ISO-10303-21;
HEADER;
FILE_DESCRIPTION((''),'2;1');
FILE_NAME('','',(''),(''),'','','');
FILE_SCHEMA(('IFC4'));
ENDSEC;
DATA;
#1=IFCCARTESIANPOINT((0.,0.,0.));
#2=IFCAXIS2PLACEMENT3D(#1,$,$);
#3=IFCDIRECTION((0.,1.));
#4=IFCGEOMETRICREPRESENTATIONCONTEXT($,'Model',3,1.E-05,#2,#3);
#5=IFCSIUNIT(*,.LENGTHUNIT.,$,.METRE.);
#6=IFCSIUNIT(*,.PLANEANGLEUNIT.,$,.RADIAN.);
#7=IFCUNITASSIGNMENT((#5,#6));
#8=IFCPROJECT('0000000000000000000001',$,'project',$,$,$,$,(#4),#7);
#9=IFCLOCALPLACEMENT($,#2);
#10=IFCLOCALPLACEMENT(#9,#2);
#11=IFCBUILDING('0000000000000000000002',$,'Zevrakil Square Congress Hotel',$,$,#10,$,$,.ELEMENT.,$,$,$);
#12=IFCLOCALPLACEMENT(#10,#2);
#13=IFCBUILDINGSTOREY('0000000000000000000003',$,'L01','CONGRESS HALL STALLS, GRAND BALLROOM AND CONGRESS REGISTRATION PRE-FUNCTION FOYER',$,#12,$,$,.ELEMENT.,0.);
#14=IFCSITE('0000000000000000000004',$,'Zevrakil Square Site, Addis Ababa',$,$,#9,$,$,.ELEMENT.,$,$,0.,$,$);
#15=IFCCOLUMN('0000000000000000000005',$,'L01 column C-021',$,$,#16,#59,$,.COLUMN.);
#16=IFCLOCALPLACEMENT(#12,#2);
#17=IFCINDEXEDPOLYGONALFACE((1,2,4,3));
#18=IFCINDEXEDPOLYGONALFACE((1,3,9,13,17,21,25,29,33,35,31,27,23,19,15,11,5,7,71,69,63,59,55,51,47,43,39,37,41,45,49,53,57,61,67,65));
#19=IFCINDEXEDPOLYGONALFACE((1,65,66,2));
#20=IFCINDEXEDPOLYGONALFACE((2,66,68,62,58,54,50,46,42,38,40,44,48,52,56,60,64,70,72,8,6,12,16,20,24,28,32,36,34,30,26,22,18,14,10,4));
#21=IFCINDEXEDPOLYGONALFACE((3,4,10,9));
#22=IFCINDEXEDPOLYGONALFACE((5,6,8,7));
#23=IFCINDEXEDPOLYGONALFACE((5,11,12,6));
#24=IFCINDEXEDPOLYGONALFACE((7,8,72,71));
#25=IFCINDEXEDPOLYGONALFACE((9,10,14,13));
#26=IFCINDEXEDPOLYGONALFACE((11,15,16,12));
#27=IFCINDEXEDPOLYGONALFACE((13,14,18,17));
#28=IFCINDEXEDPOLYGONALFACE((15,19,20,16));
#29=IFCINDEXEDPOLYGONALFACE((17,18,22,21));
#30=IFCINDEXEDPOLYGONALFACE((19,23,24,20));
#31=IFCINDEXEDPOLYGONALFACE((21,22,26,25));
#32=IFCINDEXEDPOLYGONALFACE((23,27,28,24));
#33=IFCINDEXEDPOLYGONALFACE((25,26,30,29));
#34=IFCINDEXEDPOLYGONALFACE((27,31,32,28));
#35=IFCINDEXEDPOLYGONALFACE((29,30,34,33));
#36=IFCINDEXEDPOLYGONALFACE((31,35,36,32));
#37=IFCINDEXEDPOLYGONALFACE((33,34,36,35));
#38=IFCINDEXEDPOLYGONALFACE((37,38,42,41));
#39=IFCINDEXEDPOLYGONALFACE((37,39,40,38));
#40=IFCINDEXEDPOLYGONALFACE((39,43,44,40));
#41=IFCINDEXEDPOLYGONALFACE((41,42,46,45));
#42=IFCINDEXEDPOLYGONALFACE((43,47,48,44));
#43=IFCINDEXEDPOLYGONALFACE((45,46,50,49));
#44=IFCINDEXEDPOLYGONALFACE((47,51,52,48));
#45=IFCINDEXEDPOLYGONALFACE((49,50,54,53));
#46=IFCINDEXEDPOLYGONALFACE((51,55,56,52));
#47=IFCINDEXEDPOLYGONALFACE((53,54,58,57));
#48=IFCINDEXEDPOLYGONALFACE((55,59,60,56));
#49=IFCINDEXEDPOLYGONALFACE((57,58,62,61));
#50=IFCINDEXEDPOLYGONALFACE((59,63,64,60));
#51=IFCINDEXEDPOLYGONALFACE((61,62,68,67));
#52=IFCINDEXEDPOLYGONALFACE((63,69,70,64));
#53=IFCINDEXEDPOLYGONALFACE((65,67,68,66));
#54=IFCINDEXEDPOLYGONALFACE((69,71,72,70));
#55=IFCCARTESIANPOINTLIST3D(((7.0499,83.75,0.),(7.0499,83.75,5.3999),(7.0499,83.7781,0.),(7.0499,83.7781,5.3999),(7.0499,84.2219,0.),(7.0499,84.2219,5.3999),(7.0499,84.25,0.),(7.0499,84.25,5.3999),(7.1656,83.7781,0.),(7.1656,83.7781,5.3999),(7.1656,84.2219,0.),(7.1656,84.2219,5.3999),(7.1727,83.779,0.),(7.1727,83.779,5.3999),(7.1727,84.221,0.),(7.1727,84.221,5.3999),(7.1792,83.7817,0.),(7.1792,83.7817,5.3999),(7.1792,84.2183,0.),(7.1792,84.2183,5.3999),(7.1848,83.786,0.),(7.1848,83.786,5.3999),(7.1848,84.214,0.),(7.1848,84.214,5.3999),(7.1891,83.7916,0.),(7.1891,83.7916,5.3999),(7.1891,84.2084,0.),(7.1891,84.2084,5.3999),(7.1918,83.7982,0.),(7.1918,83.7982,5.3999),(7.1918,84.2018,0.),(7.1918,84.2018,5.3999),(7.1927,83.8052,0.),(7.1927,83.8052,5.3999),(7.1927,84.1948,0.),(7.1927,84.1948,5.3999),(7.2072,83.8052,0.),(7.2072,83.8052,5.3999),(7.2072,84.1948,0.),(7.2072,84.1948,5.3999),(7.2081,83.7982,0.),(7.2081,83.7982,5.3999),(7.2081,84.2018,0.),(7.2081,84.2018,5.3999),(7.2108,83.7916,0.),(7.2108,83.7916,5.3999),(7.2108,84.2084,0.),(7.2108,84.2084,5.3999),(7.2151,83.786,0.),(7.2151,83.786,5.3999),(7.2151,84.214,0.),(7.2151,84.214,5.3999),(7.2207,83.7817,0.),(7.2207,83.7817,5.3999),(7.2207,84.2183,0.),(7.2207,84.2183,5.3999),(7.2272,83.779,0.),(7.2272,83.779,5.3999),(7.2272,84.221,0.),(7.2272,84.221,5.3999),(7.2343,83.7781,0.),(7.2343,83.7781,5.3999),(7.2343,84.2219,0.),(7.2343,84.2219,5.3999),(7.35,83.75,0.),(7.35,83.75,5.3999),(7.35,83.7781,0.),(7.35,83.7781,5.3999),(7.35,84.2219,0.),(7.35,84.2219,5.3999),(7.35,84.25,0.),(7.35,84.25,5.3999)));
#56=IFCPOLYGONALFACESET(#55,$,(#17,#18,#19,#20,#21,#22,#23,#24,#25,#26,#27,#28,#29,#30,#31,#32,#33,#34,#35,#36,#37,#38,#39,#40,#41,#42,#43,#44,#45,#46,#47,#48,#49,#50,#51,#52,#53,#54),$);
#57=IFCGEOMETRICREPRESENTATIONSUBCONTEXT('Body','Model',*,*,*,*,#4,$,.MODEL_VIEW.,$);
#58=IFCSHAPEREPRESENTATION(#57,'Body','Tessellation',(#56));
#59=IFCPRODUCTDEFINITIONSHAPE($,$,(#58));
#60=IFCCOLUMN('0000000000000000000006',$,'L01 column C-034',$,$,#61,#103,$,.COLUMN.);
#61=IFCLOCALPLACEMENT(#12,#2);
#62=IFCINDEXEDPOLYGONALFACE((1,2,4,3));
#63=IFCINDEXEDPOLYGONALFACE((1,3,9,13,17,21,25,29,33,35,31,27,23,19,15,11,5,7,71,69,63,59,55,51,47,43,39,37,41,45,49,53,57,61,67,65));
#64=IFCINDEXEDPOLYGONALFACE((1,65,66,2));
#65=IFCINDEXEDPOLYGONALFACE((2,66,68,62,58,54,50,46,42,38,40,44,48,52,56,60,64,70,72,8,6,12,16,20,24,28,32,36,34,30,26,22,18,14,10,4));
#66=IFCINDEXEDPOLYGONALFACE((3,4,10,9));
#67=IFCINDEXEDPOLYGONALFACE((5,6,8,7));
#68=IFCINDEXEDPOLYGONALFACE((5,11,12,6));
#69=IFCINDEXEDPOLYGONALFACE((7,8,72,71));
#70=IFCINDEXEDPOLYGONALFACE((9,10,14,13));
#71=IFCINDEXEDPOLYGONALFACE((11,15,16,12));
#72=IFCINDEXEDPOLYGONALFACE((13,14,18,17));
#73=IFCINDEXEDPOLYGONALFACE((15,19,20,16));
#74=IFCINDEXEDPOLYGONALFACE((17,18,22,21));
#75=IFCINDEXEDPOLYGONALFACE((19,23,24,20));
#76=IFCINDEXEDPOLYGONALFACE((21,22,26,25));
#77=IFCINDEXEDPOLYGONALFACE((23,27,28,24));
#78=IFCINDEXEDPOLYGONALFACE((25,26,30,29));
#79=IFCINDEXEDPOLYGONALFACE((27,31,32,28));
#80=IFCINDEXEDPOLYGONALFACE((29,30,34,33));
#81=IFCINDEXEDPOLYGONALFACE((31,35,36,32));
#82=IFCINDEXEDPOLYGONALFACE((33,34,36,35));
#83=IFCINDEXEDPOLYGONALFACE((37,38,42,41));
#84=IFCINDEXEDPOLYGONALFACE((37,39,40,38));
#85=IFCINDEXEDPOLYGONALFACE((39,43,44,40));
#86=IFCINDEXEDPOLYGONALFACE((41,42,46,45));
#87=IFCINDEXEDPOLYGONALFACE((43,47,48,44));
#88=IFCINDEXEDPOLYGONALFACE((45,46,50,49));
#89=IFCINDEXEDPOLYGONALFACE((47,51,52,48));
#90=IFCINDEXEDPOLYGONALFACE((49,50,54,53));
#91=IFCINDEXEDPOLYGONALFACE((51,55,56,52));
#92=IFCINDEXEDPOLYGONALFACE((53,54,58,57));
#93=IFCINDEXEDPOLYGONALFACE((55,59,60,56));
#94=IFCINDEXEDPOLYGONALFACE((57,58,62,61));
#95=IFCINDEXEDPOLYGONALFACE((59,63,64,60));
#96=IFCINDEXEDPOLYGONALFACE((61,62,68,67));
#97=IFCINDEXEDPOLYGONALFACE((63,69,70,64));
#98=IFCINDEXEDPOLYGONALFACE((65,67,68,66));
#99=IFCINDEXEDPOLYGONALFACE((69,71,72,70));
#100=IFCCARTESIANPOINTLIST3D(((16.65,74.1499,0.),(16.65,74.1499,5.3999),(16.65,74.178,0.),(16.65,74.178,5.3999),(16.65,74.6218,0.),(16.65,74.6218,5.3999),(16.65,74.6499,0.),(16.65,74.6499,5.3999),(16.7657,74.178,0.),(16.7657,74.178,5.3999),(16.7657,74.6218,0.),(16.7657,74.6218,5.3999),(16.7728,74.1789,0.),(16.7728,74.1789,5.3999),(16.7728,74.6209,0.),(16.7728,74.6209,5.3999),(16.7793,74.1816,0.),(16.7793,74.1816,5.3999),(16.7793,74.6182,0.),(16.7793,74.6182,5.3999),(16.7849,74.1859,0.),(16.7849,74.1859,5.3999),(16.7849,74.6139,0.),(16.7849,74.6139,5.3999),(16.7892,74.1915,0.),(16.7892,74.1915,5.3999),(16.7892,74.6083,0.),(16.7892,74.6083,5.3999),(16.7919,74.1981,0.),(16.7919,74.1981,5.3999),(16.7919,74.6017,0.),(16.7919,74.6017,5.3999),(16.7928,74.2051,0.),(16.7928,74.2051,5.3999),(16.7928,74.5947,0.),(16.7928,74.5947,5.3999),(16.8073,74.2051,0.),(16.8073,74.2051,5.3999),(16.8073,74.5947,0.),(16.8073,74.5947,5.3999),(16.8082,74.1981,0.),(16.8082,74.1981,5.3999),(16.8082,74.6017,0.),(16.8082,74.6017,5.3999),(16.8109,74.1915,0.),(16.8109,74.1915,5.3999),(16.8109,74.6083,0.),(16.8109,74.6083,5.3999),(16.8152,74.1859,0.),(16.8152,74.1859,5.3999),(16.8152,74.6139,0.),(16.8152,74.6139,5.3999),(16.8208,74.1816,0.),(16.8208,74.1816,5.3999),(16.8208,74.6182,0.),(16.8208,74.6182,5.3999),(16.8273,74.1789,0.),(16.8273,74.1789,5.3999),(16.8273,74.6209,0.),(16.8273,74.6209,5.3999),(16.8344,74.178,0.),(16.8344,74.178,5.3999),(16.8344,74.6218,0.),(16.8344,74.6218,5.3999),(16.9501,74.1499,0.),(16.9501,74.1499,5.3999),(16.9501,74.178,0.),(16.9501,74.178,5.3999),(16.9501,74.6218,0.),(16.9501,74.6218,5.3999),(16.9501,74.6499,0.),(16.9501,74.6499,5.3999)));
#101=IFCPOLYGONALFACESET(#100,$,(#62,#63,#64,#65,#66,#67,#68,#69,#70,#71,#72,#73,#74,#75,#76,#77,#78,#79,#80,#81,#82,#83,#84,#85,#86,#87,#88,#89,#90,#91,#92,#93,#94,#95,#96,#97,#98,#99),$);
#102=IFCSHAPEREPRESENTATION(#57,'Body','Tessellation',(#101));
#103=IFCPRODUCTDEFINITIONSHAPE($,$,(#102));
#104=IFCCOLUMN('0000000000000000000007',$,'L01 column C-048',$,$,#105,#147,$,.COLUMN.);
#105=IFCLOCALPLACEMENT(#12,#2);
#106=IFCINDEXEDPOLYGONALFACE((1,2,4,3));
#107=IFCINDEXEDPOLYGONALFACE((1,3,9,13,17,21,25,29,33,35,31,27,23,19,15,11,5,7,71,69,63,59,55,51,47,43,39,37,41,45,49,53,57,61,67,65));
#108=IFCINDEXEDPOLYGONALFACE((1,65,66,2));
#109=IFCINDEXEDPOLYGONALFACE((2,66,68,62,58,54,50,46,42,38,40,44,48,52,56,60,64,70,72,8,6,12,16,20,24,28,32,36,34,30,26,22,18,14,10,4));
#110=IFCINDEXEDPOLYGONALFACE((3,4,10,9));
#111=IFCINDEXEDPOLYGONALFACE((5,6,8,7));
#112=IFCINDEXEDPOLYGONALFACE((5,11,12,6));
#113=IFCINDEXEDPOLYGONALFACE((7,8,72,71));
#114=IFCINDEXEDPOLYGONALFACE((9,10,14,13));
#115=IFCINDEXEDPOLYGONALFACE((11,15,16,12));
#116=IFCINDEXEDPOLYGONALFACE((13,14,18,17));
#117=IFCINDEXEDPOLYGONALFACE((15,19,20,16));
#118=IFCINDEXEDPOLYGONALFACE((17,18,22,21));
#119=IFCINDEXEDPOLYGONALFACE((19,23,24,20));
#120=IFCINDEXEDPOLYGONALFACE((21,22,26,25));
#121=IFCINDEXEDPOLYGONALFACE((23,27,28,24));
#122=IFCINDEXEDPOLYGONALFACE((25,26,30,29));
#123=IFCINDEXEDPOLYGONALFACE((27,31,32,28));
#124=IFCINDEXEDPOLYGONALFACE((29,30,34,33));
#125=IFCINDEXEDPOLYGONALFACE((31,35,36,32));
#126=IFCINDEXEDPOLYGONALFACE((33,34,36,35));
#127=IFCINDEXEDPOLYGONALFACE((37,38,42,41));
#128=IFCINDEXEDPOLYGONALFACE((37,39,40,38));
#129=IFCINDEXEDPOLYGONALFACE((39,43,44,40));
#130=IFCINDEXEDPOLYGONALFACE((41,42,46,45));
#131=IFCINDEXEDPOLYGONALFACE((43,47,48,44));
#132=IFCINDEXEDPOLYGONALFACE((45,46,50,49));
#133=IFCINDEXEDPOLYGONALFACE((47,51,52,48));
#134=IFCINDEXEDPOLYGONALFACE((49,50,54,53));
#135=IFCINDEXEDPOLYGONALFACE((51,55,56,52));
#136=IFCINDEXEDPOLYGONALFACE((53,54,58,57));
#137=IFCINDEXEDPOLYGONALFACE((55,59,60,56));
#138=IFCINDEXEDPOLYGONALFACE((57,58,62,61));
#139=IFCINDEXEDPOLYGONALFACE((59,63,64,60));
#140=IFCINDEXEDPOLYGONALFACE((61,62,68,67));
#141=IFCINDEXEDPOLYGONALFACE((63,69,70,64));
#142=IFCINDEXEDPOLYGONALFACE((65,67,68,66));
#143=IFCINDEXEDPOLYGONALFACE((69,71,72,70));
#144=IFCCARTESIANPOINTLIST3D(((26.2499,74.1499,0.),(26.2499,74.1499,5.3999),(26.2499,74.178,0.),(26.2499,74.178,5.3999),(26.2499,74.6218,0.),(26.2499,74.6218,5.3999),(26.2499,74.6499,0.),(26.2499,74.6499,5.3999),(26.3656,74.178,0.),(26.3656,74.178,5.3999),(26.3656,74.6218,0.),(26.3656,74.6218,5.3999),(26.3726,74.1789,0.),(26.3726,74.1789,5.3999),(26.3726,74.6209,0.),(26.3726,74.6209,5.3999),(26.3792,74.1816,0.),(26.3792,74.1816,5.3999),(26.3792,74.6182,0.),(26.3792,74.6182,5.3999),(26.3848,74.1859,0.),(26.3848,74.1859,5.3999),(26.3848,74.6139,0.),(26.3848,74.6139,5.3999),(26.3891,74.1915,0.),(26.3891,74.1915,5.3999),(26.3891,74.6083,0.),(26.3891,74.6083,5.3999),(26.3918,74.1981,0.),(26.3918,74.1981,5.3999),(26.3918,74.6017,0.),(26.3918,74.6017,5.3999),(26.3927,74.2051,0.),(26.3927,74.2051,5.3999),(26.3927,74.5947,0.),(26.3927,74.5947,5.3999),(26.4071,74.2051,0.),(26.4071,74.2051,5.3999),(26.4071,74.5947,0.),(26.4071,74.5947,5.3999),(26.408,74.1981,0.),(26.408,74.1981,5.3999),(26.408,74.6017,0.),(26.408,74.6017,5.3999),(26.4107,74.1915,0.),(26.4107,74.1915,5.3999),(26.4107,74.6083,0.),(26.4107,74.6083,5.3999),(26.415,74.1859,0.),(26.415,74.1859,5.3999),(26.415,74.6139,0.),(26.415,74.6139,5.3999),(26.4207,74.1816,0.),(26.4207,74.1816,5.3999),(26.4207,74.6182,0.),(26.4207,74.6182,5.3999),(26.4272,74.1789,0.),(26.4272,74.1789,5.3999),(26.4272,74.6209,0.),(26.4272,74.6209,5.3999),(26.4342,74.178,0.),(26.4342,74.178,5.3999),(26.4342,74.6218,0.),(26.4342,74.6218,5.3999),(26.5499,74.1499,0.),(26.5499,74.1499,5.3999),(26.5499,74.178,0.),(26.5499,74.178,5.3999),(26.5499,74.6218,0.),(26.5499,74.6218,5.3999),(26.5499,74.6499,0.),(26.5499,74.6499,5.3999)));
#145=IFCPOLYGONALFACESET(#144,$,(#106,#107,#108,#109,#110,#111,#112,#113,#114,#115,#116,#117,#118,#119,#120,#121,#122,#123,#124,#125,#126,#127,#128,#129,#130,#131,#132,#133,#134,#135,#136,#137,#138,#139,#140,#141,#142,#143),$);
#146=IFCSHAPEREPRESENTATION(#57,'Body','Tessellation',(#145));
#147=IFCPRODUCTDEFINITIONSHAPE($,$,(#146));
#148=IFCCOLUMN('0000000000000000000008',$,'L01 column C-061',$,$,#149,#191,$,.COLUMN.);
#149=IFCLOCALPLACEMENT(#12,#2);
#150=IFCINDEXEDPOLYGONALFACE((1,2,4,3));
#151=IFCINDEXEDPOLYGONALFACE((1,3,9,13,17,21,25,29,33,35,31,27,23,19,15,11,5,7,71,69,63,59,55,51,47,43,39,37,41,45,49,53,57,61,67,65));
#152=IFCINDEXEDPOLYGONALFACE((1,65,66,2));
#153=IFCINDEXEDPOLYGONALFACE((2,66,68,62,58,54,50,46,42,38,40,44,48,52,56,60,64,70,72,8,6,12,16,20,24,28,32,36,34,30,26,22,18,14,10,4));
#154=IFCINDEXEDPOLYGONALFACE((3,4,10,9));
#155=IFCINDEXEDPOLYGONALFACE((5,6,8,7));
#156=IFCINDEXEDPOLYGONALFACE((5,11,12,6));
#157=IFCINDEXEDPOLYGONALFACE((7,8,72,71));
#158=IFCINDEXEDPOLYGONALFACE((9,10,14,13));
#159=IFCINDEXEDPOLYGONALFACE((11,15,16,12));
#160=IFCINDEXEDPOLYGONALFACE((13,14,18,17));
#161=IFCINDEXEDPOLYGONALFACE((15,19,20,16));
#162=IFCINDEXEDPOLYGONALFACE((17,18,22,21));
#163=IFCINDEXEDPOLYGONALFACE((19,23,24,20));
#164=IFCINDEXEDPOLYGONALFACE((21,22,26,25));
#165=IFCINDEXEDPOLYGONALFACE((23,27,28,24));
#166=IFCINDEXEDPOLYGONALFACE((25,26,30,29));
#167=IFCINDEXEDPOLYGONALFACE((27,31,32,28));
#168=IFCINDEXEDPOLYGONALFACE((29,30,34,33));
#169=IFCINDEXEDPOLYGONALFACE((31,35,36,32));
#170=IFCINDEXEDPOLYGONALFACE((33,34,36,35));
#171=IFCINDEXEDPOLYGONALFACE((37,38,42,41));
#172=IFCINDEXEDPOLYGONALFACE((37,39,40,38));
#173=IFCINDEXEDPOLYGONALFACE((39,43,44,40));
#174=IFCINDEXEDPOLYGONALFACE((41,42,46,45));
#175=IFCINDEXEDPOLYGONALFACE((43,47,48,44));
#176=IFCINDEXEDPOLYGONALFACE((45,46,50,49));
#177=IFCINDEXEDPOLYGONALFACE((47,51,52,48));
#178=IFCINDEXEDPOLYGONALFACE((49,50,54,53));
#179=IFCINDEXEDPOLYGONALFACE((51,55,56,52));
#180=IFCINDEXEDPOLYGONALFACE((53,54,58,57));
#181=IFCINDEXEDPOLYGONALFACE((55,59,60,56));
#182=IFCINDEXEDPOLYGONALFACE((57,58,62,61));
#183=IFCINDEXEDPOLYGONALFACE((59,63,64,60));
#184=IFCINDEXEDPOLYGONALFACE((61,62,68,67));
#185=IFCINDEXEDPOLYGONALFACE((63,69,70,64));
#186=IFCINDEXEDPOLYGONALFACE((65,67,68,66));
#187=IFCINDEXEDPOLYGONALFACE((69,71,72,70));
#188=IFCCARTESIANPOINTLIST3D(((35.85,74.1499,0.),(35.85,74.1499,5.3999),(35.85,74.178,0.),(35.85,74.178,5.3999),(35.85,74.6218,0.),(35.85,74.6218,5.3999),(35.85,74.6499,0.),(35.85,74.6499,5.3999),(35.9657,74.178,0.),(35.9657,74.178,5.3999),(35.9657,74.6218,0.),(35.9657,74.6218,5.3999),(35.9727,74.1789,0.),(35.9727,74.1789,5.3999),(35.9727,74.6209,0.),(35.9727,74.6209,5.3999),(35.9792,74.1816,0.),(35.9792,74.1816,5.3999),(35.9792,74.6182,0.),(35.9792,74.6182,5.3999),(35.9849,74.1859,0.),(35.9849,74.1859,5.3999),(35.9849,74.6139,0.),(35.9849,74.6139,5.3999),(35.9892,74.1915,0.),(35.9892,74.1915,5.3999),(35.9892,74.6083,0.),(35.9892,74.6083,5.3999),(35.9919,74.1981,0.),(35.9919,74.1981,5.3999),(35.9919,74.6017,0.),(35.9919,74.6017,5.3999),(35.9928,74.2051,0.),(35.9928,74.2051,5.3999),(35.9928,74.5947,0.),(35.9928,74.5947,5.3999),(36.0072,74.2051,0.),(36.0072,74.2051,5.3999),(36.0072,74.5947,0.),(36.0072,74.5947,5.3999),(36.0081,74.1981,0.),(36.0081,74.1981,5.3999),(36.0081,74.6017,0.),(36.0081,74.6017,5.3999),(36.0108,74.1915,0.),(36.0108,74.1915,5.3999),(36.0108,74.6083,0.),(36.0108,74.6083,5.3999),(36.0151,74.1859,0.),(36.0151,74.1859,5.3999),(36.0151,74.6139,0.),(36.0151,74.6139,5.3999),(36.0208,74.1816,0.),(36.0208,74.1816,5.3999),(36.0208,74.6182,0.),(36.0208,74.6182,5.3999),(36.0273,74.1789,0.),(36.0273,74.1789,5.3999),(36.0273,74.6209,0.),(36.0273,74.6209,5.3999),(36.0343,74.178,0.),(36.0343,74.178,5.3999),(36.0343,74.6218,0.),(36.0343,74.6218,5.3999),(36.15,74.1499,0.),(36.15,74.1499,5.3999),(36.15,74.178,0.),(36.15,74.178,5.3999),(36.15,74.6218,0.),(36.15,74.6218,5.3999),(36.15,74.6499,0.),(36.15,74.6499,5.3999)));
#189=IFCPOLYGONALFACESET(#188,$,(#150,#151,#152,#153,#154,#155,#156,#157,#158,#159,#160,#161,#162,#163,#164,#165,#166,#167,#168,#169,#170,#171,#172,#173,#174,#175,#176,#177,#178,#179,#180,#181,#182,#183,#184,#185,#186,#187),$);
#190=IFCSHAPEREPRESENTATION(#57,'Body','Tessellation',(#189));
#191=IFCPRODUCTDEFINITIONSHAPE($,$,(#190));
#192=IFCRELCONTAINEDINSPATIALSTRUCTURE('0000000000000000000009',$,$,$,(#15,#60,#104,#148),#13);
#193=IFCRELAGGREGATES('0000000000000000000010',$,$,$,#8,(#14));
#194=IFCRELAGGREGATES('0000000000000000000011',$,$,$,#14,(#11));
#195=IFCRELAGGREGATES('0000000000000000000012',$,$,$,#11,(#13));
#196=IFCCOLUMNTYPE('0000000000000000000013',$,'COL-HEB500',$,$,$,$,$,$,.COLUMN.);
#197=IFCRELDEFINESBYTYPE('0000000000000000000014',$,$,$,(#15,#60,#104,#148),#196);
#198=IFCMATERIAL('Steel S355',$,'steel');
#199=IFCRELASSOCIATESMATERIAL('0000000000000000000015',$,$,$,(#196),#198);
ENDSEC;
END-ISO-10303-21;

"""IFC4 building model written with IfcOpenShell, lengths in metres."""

from ifc_helpers import new_model, si_unit, direction, frame, origin, origin_2d, place, context, subcontext, project, spatial, i_section, extrude, material, material_profile, profile_set, type_object, element, save


model = new_model("IFC4")

# Units and contexts
model_context = context("Model", 3, precision=1e-05, world=origin(), true_north=direction((0.0, 1.0)))
body_context = subcontext(model_context, "Body", "Model", "MODEL_VIEW")
ifc_project = project(units=[si_unit("LENGTHUNIT", "METRE"), si_unit("PLANEANGLEUNIT", "RADIAN")], contexts=[model_context])

# Site, building, storey
site_placement = place(None, origin())
site = spatial("IfcSite", under=ifc_project, at=site_placement, Name="Zevrakil Square Site, Addis Ababa", CompositionType="ELEMENT", RefElevation=0.0)
building_placement = place(site_placement, origin())
building = spatial("IfcBuilding", under=site, at=building_placement, Name="Zevrakil Square Congress Hotel", CompositionType="ELEMENT")
storey_placement = place(building_placement, origin())
storey = spatial("IfcBuildingStorey", under=building, at=storey_placement, Name="L01", Description="CONGRESS HALL STALLS, GRAND BALLROOM AND CONGRESS REGISTRATION PRE-FUNCTION FOYER", CompositionType="ELEMENT", Elevation=0.0)

# Columns
ifc_material_1 = material(Name="Steel S355", Category="steel")
ifc_material_profile_1 = material_profile(ifc_material_1, i_section(OverallWidth=0.3, OverallDepth=0.5, WebThickness=0.0144, FlangeThickness=0.0281, FilletRadius=0.0271, at=origin_2d()), Name="HEB 500")
ifc_profile_set_1 = profile_set([ifc_material_profile_1], Name="Steel S355")
column_type = type_object("IfcColumnType", Name="COL-HEB500", PredefinedType="COLUMN", material=ifc_profile_set_1)
for number, where, z_axis, x_axis, name in (
    (1, (7.2, 84.0, 0.0), (0.0, 0.0, 1.0), (1.0, 0.0, 0.0), "L01 column C-021"),
    (2, (16.8, 74.3999, 0.0), (0.0, 0.0, 1.0), (1.0, 0.0, 0.0), "L01 column C-034"),
    (3, (26.3999, 74.3999, 0.0), (0.0, 0.0, 1.0), (1.0, 0.0, 0.0), "L01 column C-048"),
    (4, (36.0, 74.3999, 0.0), (0.0, 0.0, 1.0), (1.0, 0.0, 0.0), "L01 column C-061"),
):
    element("IfcColumn", number, at=place(storey_placement, frame(where, z_axis=z_axis, x_axis=x_axis)), inside=storey, type_object=column_type, Name=name, PredefinedType="COLUMN", context=body_context, shape_type="SweptSolid", body=[
        extrude(i_section(OverallWidth=0.3, OverallDepth=0.5, WebThickness=0.0144, FlangeThickness=0.0281, FilletRadius=0.0271, at=origin_2d()), origin(), (0.0, 0.0, 1.0), 5.3999),
    ])

save(model, "model.ifc")
